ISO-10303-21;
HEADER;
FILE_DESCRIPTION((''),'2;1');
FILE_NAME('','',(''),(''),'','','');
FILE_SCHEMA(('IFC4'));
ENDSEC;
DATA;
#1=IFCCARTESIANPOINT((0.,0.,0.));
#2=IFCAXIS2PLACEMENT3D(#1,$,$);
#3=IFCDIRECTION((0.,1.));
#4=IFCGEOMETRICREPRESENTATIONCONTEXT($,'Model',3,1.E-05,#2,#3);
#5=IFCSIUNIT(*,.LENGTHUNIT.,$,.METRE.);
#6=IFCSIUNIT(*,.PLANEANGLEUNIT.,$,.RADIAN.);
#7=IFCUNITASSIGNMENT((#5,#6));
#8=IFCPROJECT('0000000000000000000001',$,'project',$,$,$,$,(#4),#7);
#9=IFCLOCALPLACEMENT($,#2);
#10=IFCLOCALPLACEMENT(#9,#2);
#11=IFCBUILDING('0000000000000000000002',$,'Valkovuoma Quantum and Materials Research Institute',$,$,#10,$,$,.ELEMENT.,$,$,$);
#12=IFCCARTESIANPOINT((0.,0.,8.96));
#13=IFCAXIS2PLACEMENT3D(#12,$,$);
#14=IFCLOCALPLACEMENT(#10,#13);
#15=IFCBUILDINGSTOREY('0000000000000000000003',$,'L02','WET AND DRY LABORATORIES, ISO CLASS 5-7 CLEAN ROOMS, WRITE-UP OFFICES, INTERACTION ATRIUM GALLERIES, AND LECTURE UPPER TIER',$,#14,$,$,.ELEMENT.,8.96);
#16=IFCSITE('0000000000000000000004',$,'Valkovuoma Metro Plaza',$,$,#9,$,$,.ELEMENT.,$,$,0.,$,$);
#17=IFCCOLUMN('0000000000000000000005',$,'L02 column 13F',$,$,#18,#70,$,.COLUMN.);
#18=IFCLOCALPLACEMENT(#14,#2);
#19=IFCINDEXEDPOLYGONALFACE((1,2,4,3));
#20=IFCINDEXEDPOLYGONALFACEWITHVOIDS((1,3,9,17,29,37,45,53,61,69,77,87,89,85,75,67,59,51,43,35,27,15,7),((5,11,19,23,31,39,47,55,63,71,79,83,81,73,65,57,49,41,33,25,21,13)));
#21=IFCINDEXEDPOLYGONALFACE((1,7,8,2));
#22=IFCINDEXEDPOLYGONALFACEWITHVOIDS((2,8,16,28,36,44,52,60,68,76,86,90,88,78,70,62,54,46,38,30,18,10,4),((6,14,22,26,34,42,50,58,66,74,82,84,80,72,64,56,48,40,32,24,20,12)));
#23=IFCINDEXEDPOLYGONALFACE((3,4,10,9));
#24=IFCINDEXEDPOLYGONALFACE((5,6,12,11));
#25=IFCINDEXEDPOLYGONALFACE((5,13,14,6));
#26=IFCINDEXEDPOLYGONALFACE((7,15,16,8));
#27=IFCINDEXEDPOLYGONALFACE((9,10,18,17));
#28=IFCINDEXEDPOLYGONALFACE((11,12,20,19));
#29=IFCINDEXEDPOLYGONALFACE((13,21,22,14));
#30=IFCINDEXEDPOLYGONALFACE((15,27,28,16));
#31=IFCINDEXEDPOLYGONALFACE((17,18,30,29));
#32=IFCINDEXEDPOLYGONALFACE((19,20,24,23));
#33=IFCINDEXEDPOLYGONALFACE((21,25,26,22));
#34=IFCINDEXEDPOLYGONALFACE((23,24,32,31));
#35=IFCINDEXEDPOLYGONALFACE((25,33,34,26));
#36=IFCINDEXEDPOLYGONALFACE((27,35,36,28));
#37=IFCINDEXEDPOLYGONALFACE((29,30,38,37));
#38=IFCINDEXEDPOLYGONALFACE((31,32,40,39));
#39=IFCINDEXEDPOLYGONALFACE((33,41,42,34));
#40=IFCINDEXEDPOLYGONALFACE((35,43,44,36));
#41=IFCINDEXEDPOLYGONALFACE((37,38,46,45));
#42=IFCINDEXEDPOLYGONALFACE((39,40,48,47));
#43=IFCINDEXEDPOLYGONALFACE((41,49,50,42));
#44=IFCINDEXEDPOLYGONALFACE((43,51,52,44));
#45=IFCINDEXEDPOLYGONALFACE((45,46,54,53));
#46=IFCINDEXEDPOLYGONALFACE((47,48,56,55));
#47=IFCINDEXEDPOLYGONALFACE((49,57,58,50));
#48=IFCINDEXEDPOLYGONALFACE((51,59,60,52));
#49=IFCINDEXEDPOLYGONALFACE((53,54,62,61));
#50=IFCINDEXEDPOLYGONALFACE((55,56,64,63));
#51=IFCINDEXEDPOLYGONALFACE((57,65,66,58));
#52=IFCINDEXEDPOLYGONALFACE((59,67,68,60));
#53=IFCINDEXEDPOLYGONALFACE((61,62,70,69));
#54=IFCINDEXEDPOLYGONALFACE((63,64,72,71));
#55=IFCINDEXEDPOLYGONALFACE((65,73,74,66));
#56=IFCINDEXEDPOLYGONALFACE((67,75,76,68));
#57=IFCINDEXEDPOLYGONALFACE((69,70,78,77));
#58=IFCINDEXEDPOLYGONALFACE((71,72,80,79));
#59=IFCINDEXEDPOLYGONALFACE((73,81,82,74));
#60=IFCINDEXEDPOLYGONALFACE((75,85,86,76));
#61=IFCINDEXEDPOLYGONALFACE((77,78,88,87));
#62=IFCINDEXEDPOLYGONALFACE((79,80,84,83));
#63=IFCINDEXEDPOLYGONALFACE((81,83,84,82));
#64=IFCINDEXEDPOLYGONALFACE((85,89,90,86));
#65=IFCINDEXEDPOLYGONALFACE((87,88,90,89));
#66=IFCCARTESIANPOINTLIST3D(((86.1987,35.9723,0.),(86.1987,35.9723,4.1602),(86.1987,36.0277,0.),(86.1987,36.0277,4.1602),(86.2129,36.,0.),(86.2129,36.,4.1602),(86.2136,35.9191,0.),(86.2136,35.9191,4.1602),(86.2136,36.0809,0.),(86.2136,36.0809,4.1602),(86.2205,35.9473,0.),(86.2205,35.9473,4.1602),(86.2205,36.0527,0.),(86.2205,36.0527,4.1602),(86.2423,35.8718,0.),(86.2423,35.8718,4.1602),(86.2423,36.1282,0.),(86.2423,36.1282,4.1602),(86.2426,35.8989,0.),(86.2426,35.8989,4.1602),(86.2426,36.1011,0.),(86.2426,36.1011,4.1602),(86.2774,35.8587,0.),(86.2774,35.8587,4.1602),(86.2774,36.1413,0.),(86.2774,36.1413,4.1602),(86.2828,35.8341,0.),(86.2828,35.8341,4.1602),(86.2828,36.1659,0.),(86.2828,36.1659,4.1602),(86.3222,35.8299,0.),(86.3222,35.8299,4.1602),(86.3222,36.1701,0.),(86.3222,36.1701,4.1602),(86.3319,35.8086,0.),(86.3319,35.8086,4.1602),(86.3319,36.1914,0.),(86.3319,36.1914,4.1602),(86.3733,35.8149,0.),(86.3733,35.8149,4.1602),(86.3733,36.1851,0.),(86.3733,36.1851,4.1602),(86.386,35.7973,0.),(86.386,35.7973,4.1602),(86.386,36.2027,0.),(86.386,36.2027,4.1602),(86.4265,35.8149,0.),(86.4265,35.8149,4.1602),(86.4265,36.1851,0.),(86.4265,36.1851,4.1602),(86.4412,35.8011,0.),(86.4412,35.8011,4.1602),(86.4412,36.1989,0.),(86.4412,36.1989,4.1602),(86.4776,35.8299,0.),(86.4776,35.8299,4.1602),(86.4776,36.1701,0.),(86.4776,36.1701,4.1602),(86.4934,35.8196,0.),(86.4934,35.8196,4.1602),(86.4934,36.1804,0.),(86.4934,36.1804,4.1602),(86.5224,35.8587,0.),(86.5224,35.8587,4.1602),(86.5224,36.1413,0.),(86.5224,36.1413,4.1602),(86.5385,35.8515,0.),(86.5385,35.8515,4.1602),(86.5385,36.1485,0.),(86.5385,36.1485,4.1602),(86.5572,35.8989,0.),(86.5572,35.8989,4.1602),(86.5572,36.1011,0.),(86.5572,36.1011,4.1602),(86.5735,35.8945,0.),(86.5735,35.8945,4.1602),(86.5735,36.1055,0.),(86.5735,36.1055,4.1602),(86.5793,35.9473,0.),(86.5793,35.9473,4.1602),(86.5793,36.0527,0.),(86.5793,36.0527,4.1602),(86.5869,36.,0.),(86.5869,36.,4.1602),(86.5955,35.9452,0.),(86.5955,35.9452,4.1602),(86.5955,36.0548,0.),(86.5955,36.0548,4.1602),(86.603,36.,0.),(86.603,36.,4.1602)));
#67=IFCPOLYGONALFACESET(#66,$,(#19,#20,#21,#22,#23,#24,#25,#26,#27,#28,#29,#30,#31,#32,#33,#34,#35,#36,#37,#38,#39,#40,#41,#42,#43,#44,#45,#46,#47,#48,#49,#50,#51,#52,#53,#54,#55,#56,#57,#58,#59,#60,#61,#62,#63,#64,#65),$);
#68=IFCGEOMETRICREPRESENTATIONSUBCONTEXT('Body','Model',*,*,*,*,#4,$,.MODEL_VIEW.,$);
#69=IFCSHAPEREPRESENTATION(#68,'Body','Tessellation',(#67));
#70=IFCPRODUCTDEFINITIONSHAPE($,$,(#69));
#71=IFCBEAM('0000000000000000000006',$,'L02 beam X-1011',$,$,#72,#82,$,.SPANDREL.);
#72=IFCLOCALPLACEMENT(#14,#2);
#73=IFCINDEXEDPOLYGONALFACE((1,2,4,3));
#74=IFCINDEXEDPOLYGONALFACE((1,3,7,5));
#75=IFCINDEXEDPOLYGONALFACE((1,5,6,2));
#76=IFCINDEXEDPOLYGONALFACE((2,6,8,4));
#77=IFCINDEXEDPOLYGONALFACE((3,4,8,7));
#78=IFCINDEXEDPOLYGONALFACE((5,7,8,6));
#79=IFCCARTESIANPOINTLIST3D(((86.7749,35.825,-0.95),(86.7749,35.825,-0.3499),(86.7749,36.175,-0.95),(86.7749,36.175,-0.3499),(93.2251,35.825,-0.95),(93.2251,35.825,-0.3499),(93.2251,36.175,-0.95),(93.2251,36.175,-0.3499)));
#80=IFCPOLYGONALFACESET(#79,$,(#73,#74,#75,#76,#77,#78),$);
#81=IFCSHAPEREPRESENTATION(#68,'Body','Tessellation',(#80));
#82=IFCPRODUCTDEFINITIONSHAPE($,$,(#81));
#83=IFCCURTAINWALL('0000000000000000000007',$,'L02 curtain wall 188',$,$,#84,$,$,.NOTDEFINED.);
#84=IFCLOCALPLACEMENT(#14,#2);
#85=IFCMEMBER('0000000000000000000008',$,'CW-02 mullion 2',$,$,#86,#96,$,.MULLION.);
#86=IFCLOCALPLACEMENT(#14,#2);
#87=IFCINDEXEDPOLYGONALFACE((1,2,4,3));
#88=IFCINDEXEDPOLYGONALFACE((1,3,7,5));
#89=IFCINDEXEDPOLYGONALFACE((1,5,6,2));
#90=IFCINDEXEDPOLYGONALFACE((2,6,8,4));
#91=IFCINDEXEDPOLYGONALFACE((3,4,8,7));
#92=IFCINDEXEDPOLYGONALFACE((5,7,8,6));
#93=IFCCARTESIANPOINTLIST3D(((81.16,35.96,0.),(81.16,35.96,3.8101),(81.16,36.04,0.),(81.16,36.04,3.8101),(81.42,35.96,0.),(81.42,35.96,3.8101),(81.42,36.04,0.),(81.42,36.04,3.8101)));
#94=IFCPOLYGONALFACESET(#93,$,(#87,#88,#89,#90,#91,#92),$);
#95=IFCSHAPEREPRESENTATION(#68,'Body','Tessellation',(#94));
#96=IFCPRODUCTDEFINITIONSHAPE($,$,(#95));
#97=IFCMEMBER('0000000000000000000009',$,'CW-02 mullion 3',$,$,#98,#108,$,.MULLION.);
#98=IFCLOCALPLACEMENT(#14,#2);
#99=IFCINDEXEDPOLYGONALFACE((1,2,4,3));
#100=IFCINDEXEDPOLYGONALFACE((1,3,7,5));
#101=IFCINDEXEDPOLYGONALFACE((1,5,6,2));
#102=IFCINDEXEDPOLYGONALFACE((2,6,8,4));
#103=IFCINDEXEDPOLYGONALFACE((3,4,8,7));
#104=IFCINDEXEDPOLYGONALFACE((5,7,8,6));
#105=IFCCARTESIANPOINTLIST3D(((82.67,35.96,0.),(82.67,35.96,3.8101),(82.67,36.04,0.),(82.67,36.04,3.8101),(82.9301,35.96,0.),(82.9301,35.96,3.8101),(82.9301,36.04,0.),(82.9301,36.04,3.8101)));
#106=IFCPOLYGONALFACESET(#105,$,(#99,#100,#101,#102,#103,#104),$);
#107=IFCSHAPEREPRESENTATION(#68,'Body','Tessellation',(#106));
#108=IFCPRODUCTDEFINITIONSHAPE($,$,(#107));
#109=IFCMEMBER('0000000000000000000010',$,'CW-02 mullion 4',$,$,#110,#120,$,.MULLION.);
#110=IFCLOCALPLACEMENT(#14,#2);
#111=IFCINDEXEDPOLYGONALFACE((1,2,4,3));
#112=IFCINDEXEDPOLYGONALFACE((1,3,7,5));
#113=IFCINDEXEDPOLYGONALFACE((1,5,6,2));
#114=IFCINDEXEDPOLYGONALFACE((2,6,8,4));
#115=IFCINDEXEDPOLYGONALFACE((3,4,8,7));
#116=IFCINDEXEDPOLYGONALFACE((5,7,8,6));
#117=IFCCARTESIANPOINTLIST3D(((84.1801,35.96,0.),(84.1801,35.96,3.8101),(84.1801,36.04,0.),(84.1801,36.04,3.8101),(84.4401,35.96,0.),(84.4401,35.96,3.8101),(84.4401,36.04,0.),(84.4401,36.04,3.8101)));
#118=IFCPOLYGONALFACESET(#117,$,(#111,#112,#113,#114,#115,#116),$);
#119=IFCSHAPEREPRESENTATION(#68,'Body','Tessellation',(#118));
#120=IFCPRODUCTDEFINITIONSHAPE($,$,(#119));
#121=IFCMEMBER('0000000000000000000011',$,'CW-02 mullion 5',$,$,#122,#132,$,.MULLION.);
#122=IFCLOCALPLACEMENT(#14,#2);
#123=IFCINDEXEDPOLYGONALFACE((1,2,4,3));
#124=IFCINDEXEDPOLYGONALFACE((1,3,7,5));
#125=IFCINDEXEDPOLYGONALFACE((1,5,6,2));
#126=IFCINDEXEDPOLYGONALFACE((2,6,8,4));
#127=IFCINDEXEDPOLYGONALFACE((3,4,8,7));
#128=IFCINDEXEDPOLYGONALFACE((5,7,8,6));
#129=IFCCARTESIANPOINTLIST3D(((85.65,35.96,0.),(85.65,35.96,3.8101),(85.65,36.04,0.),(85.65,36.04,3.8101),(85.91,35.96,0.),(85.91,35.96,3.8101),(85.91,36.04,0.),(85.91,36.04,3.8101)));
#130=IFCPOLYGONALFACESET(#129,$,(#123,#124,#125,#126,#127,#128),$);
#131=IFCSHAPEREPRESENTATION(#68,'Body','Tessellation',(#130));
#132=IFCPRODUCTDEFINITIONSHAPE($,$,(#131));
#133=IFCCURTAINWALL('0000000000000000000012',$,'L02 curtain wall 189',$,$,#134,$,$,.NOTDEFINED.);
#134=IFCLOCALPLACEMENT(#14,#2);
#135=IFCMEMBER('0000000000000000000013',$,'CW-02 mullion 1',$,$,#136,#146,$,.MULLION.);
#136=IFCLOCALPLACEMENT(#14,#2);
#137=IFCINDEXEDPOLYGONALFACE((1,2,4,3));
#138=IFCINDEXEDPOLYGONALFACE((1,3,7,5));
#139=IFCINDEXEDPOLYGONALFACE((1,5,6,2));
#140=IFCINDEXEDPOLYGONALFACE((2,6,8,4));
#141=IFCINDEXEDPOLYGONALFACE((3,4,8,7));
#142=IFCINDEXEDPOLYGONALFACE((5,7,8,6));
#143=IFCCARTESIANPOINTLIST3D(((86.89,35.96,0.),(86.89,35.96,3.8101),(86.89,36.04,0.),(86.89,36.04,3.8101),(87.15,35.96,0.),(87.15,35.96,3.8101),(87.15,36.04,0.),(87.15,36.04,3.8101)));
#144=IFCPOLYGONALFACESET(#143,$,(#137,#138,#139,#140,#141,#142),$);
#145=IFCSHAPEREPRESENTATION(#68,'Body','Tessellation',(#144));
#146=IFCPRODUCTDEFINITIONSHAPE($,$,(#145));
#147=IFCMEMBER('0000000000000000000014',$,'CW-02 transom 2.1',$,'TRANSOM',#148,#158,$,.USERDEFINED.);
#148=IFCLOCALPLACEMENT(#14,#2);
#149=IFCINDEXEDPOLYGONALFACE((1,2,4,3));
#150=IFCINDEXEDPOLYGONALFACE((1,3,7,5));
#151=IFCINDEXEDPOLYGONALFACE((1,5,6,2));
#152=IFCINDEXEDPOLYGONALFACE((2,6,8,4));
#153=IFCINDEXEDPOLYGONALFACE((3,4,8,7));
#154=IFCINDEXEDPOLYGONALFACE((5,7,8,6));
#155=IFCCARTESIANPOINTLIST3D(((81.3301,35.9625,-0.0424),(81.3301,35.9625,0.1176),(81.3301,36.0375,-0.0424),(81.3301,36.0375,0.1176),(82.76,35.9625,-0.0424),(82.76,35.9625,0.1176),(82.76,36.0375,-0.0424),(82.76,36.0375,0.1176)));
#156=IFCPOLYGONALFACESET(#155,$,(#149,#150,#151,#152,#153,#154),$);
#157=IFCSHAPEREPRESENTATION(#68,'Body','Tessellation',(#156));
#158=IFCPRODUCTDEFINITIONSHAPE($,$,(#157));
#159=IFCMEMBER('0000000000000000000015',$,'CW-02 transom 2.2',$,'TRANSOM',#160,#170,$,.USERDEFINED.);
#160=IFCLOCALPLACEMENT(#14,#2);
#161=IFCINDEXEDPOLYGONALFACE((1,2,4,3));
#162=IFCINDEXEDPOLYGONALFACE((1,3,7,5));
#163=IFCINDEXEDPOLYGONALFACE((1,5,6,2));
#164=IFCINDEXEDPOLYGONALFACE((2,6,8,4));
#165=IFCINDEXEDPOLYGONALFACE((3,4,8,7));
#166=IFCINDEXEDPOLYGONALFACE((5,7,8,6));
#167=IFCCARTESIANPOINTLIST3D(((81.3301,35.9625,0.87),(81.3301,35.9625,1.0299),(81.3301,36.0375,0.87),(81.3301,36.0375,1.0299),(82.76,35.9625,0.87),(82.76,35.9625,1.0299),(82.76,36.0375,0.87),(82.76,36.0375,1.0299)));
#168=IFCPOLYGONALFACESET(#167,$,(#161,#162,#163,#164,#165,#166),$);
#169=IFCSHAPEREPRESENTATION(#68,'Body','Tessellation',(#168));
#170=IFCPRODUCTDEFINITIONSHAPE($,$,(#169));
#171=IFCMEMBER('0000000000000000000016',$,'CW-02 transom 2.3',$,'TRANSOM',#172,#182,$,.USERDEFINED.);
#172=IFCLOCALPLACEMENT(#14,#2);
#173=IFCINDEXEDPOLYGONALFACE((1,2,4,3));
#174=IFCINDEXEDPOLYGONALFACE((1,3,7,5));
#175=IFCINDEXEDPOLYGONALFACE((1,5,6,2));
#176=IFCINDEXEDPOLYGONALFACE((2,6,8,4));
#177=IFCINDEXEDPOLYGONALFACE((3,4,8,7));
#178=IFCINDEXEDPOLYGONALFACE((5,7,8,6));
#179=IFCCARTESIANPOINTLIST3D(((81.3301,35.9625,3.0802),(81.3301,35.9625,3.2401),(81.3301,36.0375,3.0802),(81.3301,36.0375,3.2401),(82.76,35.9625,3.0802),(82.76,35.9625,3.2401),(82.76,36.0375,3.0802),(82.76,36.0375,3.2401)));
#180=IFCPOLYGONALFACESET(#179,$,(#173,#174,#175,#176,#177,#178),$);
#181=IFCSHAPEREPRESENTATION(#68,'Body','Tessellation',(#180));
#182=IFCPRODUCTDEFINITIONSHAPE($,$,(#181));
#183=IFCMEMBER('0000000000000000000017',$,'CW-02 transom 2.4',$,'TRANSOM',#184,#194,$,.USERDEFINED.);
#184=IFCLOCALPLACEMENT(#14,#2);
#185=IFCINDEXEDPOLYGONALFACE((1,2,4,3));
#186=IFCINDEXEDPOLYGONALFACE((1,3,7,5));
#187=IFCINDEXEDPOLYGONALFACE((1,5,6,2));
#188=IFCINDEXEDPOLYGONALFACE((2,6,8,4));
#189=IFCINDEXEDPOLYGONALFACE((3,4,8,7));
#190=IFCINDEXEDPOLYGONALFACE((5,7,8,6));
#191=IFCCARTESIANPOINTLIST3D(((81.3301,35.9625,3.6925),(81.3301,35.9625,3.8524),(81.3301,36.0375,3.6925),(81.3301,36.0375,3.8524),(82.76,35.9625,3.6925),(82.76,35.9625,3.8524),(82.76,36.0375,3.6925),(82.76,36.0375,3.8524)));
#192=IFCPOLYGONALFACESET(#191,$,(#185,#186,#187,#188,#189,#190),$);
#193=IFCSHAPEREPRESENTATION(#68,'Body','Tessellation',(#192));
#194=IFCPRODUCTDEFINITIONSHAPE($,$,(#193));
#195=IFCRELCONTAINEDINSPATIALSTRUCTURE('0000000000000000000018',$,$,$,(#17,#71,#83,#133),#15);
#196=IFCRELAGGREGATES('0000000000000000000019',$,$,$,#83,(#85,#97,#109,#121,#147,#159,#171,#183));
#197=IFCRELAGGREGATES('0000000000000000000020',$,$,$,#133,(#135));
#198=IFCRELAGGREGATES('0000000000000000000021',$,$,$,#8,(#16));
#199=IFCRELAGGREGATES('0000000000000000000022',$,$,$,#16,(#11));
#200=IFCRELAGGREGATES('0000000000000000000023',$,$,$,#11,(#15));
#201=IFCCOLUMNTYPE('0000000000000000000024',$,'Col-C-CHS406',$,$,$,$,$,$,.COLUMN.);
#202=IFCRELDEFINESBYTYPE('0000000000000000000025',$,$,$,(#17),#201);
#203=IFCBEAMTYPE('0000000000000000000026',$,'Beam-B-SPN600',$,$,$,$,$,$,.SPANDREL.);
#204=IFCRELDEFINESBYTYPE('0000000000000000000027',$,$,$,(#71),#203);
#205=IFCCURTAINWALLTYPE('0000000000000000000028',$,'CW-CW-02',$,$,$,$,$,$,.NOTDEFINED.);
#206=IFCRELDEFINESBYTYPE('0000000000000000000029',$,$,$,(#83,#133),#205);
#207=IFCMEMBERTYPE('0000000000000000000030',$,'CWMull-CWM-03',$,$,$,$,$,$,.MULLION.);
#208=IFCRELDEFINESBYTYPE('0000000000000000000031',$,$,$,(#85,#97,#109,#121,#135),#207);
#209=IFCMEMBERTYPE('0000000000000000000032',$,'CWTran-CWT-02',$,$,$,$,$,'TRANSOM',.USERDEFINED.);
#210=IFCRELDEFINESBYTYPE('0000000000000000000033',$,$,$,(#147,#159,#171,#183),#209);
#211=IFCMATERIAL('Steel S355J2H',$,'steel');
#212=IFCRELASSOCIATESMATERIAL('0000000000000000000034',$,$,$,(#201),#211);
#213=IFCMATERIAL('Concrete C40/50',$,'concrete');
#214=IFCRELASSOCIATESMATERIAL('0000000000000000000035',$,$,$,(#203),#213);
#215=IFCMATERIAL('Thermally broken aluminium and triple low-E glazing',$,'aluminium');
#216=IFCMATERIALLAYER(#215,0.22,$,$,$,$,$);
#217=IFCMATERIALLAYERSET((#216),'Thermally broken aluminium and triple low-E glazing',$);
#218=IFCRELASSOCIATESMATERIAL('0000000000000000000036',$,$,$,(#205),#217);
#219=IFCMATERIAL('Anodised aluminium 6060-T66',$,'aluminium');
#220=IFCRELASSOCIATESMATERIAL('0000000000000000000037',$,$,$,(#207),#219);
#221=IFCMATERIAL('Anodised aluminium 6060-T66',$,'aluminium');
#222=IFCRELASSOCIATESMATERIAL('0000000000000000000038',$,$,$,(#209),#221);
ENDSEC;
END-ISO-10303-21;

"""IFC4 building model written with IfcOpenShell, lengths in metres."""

from ifc_helpers import new_model, si_unit, direction, frame, origin, origin_2d, place, context, subcontext, project, spatial, rectangle, hollow_circle, extrude, material, layer, layer_set, material_profile, profile_set, type_object, element, aggregate, save


model = new_model("IFC4")

# Units and contexts
model_context = context("Model", 3, precision=1e-05, world=origin(), true_north=direction((0.0, 1.0)))
body_context = subcontext(model_context, "Body", "Model", "MODEL_VIEW")
ifc_project = project(units=[si_unit("LENGTHUNIT", "METRE"), si_unit("PLANEANGLEUNIT", "RADIAN")], contexts=[model_context])

# Site, building, storey
site_placement = place(None, origin())
site = spatial("IfcSite", under=ifc_project, at=site_placement, Name="Valkovuoma Metro Plaza", CompositionType="ELEMENT", RefElevation=0.0)
building_placement = place(site_placement, origin())
building = spatial("IfcBuilding", under=site, at=building_placement, Name="Valkovuoma Quantum and Materials Research Institute", CompositionType="ELEMENT")
storey_placement = place(building_placement, frame((0.0, 0.0, 8.96)))
storey = spatial("IfcBuildingStorey", under=building, at=storey_placement, Name="L02", Description="WET AND DRY LABORATORIES, ISO CLASS 5-7 CLEAN ROOMS, WRITE-UP OFFICES, INTERACTION ATRIUM GALLERIES, AND LECTURE UPPER TIER", CompositionType="ELEMENT", Elevation=8.96)

# Column
ifc_material_1 = material(Name="Steel S355J2H", Category="steel")
ifc_material_profile_1 = material_profile(ifc_material_1, hollow_circle(Radius=0.2031, WallThickness=0.0161, at=origin_2d()), Name="Steel S355J2H")
ifc_profile_set_1 = profile_set([ifc_material_profile_1], Name="Steel S355J2H")
column_type = type_object("IfcColumnType", Name="Col-C-CHS406", PredefinedType="COLUMN", material=ifc_profile_set_1)
column_placement = place(storey_placement, frame((86.3999, 36.0, 0.0), z_axis=(0.0, 0.0, 1.0), x_axis=(1.0, 0.0, 0.0)))
element("IfcColumn", 1, at=column_placement, inside=storey, type_object=column_type, Name="L02 column 13F", PredefinedType="COLUMN", context=body_context, shape_type="SweptSolid", body=[
    extrude(hollow_circle(Radius=0.2031, WallThickness=0.0161, at=origin_2d()), origin(), (0.0, 0.0, 1.0), 4.1602),
])

# Beam
ifc_material_2 = material(Name="Concrete C40/50", Category="concrete")
ifc_material_profile_2 = material_profile(ifc_material_2, rectangle(XDim=0.3501, YDim=0.6001, at=origin_2d()), Name="Concrete C40/50")
ifc_profile_set_2 = profile_set([ifc_material_profile_2], Name="Concrete C40/50")
beam_type = type_object("IfcBeamType", Name="Beam-B-SPN600", PredefinedType="SPANDREL", material=ifc_profile_set_2)
beam_placement = place(storey_placement, frame((86.7749, 36.0, -0.6499), z_axis=(1.0, 0.0, 0.0), x_axis=(0.0, 1.0, 0.0)))
element("IfcBeam", 2, at=beam_placement, inside=storey, type_object=beam_type, Name="L02 beam X-1011", PredefinedType="SPANDREL", context=body_context, shape_type="SweptSolid", body=[
    extrude(rectangle(XDim=0.3501, YDim=0.6001, at=origin_2d()), origin(), (0.0, 0.0, 1.0), 6.4502),
])

# Curtain wall, members
ifc_material_3 = material(Name="Thermally broken aluminium and triple low-E glazing", Category="aluminium")
ifc_layer_1 = layer(ifc_material_3, 0.22)
ifc_layer_set_1 = layer_set([ifc_layer_1], Name="Thermally broken aluminium and triple low-E glazing")
curtain_wall_type = type_object("IfcCurtainWallType", Name="CW-CW-02", PredefinedType="NOTDEFINED", material=ifc_layer_set_1)
curtain_wall_1_placement = place(storey_placement, origin())
curtain_wall_1 = element("IfcCurtainWall", 3, at=curtain_wall_1_placement, inside=storey, type_object=curtain_wall_type, Name="L02 curtain wall 188", PredefinedType="NOTDEFINED")
ifc_material_4 = material(Name="Anodised aluminium 6060-T66", Category="aluminium")
ifc_material_profile_3 = material_profile(ifc_material_4, rectangle(XDim=0.0801, YDim=0.26, at=origin_2d()), Name="Anodised aluminium 6060-T66")
ifc_profile_set_3 = profile_set([ifc_material_profile_3], Name="Anodised aluminium 6060-T66")
member_type_1 = type_object("IfcMemberType", Name="CWMull-CWM-03", PredefinedType="MULLION", material=ifc_profile_set_3)
member_1_placement = place(storey_placement, frame((81.29, 36.0, 0.0), z_axis=(0.0, 0.0, 1.0), x_axis=(0.0, 1.0, 0.0)))
member_1 = element("IfcMember", 4, at=member_1_placement, type_object=member_type_1, Name="CW-02 mullion 2", PredefinedType="MULLION", context=body_context, shape_type="SweptSolid", body=[
    extrude(rectangle(XDim=0.0801, YDim=0.26, at=origin_2d()), origin(), (0.0, 0.0, 1.0), 3.8101),
])
member_2_placement = place(storey_placement, frame((82.8, 36.0, 0.0), z_axis=(0.0, 0.0, 1.0), x_axis=(0.0, 1.0, 0.0)))
member_2 = element("IfcMember", 5, at=member_2_placement, type_object=member_type_1, Name="CW-02 mullion 3", PredefinedType="MULLION", context=body_context, shape_type="SweptSolid", body=[
    extrude(rectangle(XDim=0.0801, YDim=0.26, at=origin_2d()), origin(), (0.0, 0.0, 1.0), 3.8101),
])
member_3_placement = place(storey_placement, frame((84.3101, 36.0, 0.0), z_axis=(0.0, 0.0, 1.0), x_axis=(0.0, 1.0, 0.0)))
member_3 = element("IfcMember", 6, at=member_3_placement, type_object=member_type_1, Name="CW-02 mullion 4", PredefinedType="MULLION", context=body_context, shape_type="SweptSolid", body=[
    extrude(rectangle(XDim=0.0801, YDim=0.26, at=origin_2d()), origin(), (0.0, 0.0, 1.0), 3.8101),
])
member_4_placement = place(storey_placement, frame((85.78, 36.0, 0.0), z_axis=(0.0, 0.0, 1.0), x_axis=(0.0, 1.0, 0.0)))
member_4 = element("IfcMember", 7, at=member_4_placement, type_object=member_type_1, Name="CW-02 mullion 5", PredefinedType="MULLION", context=body_context, shape_type="SweptSolid", body=[
    extrude(rectangle(XDim=0.0801, YDim=0.26, at=origin_2d()), origin(), (0.0, 0.0, 1.0), 3.8101),
])

# Curtain wall, member
curtain_wall_2_placement = place(storey_placement, origin())
curtain_wall_2 = element("IfcCurtainWall", 8, at=curtain_wall_2_placement, inside=storey, type_object=curtain_wall_type, Name="L02 curtain wall 189", PredefinedType="NOTDEFINED")
member_5_placement = place(storey_placement, frame((87.02, 36.0, 0.0), z_axis=(0.0, 0.0, 1.0), x_axis=(0.0, 1.0, 0.0)))
member_5 = element("IfcMember", 9, at=member_5_placement, type_object=member_type_1, Name="CW-02 mullion 1", PredefinedType="MULLION", context=body_context, shape_type="SweptSolid", body=[
    extrude(rectangle(XDim=0.0801, YDim=0.26, at=origin_2d()), origin(), (0.0, 0.0, 1.0), 3.8101),
])

# Members
ifc_material_5 = material(Name="Anodised aluminium 6060-T66", Category="aluminium")
ifc_material_profile_4 = material_profile(ifc_material_5, rectangle(XDim=0.075, YDim=0.1599, at=origin_2d()), Name="Anodised aluminium 6060-T66")
ifc_profile_set_4 = profile_set([ifc_material_profile_4], Name="Anodised aluminium 6060-T66")
member_type_2 = type_object("IfcMemberType", Name="CWTran-CWT-02", ElementType="TRANSOM", PredefinedType="USERDEFINED", material=ifc_profile_set_4)
member_6_placement = place(storey_placement, frame((81.3301, 36.0, 0.0376), z_axis=(1.0, 0.0, 0.0), x_axis=(0.0, 1.0, 0.0)))
member_6 = element("IfcMember", 10, at=member_6_placement, type_object=member_type_2, Name="CW-02 transom 2.1", ObjectType="TRANSOM", PredefinedType="USERDEFINED", context=body_context, shape_type="SweptSolid", body=[
    extrude(rectangle(XDim=0.075, YDim=0.1599, at=origin_2d()), origin(), (0.0, 0.0, 1.0), 1.4299),
])
member_7_placement = place(storey_placement, frame((81.3301, 36.0, 0.95), z_axis=(1.0, 0.0, 0.0), x_axis=(0.0, 1.0, 0.0)))
member_7 = element("IfcMember", 11, at=member_7_placement, type_object=member_type_2, Name="CW-02 transom 2.2", ObjectType="TRANSOM", PredefinedType="USERDEFINED", context=body_context, shape_type="SweptSolid", body=[
    extrude(rectangle(XDim=0.075, YDim=0.1599, at=origin_2d()), origin(), (0.0, 0.0, 1.0), 1.4299),
])
member_8_placement = place(storey_placement, frame((81.3301, 36.0, 3.1602), z_axis=(1.0, 0.0, 0.0), x_axis=(0.0, 1.0, 0.0)))
member_8 = element("IfcMember", 12, at=member_8_placement, type_object=member_type_2, Name="CW-02 transom 2.3", ObjectType="TRANSOM", PredefinedType="USERDEFINED", context=body_context, shape_type="SweptSolid", body=[
    extrude(rectangle(XDim=0.075, YDim=0.1599, at=origin_2d()), origin(), (0.0, 0.0, 1.0), 1.4299),
])
member_9_placement = place(storey_placement, frame((81.3301, 36.0, 3.7725), z_axis=(1.0, 0.0, 0.0), x_axis=(0.0, 1.0, 0.0)))
member_9 = element("IfcMember", 13, at=member_9_placement, type_object=member_type_2, Name="CW-02 transom 2.4", ObjectType="TRANSOM", PredefinedType="USERDEFINED", context=body_context, shape_type="SweptSolid", body=[
    extrude(rectangle(XDim=0.075, YDim=0.1599, at=origin_2d()), origin(), (0.0, 0.0, 1.0), 1.4299),
])

aggregate(curtain_wall_1, [member_1, member_2, member_3, member_4, member_6, member_7, member_8, member_9])
aggregate(curtain_wall_2, [member_5])

save(model, "model.ifc")
